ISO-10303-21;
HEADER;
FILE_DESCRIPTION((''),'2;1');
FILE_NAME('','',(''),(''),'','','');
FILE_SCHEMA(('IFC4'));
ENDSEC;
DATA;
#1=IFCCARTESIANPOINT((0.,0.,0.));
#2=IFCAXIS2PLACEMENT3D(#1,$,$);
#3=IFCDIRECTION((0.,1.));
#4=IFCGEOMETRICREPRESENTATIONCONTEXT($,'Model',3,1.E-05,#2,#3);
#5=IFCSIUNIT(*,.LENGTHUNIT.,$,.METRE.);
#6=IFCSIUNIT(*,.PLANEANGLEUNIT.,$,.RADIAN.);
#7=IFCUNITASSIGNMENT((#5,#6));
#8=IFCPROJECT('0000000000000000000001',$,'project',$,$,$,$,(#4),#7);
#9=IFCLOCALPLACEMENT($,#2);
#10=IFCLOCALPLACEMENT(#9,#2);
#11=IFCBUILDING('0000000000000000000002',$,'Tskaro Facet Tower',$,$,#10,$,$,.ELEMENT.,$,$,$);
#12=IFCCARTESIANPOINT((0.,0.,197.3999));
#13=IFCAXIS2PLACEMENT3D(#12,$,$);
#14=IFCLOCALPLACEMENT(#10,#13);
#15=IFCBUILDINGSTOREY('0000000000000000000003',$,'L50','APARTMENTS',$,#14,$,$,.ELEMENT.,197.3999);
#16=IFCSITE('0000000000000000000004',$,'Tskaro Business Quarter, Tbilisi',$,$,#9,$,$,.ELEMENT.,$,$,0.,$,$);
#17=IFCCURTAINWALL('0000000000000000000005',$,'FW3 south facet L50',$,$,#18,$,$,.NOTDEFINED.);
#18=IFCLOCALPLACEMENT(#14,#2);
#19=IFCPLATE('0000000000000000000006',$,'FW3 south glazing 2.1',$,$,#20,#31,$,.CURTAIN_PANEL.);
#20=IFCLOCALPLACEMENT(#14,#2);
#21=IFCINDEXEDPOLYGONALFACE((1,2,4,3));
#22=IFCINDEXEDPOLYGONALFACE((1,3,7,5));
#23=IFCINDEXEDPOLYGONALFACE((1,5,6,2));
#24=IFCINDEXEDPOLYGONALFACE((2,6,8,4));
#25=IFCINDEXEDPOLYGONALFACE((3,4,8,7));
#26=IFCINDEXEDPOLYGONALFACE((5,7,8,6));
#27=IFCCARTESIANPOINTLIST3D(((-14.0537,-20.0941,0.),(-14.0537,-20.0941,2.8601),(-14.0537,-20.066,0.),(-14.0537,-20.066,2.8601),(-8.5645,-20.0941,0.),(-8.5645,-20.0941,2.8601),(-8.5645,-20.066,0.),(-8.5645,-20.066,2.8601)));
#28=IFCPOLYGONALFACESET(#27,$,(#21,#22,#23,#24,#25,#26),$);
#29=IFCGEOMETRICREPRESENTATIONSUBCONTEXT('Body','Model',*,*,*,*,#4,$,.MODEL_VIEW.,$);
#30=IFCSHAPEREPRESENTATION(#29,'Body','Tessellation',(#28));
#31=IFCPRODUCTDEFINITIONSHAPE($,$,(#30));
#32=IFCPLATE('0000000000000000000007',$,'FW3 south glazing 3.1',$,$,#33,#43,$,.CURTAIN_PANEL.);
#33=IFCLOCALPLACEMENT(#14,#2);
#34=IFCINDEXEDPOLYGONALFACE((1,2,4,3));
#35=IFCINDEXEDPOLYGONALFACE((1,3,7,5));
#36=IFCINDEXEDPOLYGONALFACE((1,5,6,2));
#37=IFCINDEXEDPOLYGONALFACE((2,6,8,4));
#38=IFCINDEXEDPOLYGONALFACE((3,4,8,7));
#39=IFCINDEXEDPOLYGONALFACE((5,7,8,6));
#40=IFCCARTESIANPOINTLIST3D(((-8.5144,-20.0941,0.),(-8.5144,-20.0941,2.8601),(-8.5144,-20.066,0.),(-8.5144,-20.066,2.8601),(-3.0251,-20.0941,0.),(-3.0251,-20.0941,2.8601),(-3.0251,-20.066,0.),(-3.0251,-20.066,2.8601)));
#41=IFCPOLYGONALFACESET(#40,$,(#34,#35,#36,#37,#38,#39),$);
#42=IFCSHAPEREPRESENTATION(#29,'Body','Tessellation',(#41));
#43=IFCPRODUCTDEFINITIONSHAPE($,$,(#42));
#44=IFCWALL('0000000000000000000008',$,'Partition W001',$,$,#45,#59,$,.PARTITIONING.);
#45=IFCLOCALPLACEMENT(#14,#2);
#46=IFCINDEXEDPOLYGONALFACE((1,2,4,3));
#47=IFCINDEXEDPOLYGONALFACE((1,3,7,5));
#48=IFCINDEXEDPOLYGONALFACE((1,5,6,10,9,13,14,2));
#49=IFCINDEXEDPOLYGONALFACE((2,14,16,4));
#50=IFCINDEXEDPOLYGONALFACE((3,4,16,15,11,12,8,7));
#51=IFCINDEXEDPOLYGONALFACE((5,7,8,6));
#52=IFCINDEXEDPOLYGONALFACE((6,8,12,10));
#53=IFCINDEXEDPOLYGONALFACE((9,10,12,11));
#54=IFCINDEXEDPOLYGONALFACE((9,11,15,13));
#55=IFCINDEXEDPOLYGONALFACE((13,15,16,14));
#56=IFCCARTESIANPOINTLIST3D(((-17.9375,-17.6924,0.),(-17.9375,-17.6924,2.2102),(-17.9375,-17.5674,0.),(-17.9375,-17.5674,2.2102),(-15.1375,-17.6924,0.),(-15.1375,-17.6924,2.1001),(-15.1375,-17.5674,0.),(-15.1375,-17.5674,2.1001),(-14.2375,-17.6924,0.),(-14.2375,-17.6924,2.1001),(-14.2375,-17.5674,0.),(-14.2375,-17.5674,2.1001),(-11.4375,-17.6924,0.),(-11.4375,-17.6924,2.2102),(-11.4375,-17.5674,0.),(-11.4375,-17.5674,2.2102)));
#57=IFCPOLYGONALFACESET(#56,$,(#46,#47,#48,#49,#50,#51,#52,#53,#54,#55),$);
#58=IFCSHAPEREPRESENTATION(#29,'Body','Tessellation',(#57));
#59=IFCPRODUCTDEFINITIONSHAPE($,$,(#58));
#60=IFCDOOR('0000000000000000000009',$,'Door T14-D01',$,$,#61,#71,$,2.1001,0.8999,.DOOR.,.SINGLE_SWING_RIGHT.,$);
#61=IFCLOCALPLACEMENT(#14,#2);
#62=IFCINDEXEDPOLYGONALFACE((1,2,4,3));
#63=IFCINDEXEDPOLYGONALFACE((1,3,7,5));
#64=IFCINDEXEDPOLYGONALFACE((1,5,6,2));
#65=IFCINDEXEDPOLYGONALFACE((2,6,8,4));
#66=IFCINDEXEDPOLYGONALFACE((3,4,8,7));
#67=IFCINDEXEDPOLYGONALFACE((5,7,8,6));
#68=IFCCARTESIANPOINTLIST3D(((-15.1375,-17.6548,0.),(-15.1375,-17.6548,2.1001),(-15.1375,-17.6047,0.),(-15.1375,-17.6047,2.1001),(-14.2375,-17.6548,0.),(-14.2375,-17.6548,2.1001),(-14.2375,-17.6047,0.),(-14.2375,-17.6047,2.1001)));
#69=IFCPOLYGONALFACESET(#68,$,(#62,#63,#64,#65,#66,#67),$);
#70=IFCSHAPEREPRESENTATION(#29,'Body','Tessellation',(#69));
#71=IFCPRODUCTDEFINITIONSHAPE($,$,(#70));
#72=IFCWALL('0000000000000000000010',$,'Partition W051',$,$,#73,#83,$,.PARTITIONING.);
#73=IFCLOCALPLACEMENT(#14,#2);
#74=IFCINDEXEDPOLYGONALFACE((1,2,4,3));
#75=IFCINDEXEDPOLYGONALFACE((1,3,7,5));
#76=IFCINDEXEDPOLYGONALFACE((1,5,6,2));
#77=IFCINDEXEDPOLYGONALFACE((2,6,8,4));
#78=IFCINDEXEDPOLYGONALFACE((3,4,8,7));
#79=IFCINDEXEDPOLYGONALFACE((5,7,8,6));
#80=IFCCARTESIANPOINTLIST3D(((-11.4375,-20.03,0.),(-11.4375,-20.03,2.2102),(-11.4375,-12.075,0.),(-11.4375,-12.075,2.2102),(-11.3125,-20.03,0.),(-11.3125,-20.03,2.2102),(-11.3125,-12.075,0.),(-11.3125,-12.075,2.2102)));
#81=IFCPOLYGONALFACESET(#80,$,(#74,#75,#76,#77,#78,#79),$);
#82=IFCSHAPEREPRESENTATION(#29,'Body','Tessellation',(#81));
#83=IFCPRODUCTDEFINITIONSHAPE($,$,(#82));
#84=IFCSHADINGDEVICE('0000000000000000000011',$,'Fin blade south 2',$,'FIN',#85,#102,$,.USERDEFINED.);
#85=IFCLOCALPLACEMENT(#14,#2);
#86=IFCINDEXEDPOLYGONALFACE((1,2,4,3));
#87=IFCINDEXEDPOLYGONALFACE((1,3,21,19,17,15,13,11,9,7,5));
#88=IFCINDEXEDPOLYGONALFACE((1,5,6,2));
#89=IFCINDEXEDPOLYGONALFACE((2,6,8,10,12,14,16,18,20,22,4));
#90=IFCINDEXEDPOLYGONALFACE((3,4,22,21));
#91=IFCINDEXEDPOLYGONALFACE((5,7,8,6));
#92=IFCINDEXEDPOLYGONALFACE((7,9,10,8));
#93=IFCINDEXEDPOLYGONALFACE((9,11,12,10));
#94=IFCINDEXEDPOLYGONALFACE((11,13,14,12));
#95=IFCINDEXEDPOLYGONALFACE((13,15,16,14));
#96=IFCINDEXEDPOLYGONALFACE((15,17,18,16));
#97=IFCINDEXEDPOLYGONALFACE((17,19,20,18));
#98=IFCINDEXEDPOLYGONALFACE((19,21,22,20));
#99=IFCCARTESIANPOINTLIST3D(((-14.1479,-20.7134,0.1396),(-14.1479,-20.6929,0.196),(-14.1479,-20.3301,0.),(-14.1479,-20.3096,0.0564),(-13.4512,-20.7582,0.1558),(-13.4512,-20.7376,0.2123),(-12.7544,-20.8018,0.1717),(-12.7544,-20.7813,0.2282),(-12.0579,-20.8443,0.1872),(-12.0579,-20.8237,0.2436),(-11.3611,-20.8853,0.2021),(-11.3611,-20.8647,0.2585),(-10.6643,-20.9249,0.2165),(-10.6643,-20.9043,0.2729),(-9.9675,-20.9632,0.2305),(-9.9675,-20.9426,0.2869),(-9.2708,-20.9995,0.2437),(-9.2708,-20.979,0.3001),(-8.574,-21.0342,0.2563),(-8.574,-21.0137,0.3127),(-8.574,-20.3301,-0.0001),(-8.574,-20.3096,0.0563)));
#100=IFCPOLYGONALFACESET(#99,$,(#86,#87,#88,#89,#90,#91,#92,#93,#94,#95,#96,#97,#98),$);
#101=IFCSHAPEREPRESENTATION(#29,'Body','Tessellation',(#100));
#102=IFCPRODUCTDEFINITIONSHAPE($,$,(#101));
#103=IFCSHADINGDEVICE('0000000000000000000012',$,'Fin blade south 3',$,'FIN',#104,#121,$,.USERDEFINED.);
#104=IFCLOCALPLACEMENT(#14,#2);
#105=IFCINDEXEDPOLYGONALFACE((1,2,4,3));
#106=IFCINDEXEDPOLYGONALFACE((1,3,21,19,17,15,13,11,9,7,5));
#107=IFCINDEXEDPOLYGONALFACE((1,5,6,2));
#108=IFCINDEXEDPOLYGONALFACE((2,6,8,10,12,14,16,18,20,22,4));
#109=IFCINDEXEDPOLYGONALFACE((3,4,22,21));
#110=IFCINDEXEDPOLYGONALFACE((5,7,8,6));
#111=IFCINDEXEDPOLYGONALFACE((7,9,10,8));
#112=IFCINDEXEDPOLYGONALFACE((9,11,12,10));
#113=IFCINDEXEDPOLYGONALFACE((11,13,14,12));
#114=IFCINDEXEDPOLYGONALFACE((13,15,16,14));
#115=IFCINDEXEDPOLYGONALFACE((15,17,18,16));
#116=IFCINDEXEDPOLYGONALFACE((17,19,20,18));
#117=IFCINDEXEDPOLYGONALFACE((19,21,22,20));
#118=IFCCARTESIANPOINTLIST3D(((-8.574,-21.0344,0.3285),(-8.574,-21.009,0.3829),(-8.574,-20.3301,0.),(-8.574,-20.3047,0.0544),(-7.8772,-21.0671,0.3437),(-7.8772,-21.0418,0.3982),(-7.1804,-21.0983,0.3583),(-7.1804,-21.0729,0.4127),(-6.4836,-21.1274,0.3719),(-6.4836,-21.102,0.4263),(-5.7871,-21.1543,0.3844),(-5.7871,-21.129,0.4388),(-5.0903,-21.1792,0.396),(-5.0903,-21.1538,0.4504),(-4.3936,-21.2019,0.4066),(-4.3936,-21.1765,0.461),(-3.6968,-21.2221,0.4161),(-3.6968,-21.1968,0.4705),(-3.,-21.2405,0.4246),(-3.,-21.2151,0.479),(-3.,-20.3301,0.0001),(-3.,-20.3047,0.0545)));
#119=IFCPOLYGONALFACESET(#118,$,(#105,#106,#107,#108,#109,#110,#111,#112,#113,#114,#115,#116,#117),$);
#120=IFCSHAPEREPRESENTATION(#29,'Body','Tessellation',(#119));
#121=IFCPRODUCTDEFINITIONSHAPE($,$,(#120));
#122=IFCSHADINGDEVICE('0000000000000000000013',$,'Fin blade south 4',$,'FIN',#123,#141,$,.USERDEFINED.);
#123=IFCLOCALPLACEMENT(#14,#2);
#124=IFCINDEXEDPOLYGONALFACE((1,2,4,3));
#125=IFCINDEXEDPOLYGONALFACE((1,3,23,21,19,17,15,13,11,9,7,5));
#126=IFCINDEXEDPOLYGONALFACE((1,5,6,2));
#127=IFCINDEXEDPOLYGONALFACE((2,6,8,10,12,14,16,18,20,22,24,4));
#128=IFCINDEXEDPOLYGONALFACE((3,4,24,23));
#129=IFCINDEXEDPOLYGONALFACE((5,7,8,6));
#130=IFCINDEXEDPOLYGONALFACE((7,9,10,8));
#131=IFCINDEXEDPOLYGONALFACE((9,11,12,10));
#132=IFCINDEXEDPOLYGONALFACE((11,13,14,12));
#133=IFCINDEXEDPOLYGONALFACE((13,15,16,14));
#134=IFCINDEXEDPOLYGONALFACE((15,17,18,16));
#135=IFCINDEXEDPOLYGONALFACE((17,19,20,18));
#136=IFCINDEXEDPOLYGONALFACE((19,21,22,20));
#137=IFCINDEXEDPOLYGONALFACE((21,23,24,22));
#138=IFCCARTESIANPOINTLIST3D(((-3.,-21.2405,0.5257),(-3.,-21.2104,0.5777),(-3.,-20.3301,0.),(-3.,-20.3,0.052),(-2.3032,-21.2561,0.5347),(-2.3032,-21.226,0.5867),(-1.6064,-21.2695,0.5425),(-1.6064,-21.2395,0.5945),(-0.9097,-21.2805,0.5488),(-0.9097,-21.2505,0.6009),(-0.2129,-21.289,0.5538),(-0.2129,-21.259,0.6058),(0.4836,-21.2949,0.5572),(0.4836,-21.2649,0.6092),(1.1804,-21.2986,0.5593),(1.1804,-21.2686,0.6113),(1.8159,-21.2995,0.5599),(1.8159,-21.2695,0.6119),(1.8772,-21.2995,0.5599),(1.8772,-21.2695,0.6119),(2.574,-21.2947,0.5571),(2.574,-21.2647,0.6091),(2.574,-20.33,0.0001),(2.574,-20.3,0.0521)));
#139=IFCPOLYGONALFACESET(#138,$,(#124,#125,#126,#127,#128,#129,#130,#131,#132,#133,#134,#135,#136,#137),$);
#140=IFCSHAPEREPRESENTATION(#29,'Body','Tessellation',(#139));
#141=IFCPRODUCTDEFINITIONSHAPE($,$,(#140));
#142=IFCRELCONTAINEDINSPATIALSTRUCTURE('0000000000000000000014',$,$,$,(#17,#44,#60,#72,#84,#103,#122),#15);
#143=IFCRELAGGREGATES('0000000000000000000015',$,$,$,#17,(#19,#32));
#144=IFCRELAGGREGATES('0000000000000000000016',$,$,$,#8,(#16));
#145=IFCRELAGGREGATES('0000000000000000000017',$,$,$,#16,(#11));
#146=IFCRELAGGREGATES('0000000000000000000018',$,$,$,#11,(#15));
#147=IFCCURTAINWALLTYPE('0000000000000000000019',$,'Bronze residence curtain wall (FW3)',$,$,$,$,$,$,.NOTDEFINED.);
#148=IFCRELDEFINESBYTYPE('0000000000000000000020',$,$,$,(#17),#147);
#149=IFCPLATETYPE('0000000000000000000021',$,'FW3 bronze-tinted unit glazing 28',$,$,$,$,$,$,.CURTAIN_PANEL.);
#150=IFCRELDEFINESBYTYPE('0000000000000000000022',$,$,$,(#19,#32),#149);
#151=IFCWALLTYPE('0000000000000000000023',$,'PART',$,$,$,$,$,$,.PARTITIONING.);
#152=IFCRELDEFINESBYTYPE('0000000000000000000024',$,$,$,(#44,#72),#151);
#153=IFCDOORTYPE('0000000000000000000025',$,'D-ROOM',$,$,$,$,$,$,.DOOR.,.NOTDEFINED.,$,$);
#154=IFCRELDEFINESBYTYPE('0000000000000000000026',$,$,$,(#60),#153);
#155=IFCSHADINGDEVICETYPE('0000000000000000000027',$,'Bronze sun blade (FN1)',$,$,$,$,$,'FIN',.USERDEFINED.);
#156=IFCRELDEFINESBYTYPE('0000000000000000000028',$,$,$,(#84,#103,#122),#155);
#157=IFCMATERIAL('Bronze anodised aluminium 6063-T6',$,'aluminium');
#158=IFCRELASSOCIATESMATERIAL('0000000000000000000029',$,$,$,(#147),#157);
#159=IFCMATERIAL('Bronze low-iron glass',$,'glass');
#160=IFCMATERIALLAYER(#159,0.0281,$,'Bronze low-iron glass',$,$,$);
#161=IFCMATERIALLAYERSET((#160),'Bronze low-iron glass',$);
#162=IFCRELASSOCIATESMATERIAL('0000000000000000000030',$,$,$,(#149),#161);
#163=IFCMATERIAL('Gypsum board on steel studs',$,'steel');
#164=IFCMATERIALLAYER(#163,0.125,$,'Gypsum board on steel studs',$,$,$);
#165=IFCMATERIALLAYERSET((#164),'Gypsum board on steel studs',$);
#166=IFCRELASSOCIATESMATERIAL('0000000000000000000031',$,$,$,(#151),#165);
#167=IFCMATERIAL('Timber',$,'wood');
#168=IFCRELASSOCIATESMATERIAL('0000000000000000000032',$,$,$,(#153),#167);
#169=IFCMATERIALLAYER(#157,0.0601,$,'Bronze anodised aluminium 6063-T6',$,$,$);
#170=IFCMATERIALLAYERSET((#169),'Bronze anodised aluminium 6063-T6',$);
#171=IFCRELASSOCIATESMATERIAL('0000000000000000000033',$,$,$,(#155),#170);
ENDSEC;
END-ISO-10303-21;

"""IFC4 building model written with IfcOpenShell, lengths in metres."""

from ifc_helpers import new_model, si_unit, direction, frame, frame_2d, origin, origin_2d, place, context, subcontext, project, spatial, polyline, rectangle, outline, extrude, material, layer, layer_set, type_object, element, fill, aggregate, save


model = new_model("IFC4")

# Units and contexts
model_context = context("Model", 3, precision=1e-05, world=origin(), true_north=direction((0.0, 1.0)))
body_context = subcontext(model_context, "Body", "Model", "MODEL_VIEW")
ifc_project = project(units=[si_unit("LENGTHUNIT", "METRE"), si_unit("PLANEANGLEUNIT", "RADIAN")], contexts=[model_context])

# Site, building, storey
site_placement = place(None, origin())
site = spatial("IfcSite", under=ifc_project, at=site_placement, Name="Tskaro Business Quarter, Tbilisi", CompositionType="ELEMENT", RefElevation=0.0)
building_placement = place(site_placement, origin())
building = spatial("IfcBuilding", under=site, at=building_placement, Name="Tskaro Facet Tower", CompositionType="ELEMENT")
storey_placement = place(building_placement, frame((0.0, 0.0, 197.3999)))
storey = spatial("IfcBuildingStorey", under=building, at=storey_placement, Name="L50", Description="APARTMENTS", CompositionType="ELEMENT", Elevation=197.3999)

# Curtain wall
ifc_material_1 = material(Name="Bronze anodised aluminium 6063-T6", Category="aluminium")
curtain_wall_type = type_object("IfcCurtainWallType", Name="Bronze residence curtain wall (FW3)", PredefinedType="NOTDEFINED", material=ifc_material_1)
curtain_wall_placement = place(storey_placement, origin())
curtain_wall = element("IfcCurtainWall", 1, at=curtain_wall_placement, inside=storey, type_object=curtain_wall_type, Name="FW3 south facet L50", PredefinedType="NOTDEFINED")

# Plates
ifc_material_2 = material(Name="Bronze low-iron glass", Category="glass")
ifc_layer_1 = layer(ifc_material_2, 0.0281, Name="Bronze low-iron glass")
ifc_layer_set_1 = layer_set([ifc_layer_1], Name="Bronze low-iron glass")
plate_type = type_object("IfcPlateType", Name="FW3 bronze-tinted unit glazing 28", PredefinedType="CURTAIN_PANEL", material=ifc_layer_set_1)
plate_1_placement = place(storey_placement, frame((-11.3091, -20.0801, 0.0), z_axis=(0.0, 0.0, 1.0), x_axis=(1.0, 0.0, 0.0)))
plate_1 = element("IfcPlate", 2, at=plate_1_placement, type_object=plate_type, Name="FW3 south glazing 2.1", PredefinedType="CURTAIN_PANEL", context=body_context, shape_type="SweptSolid", body=[
    extrude(rectangle(XDim=5.4893, YDim=0.0281, at=origin_2d()), origin(), (0.0, 0.0, 1.0), 2.8601),
])
plate_2_placement = place(storey_placement, frame((-5.7698, -20.0801, 0.0), z_axis=(0.0, 0.0, 1.0), x_axis=(1.0, 0.0, 0.0)))
plate_2 = element("IfcPlate", 3, at=plate_2_placement, type_object=plate_type, Name="FW3 south glazing 3.1", PredefinedType="CURTAIN_PANEL", context=body_context, shape_type="SweptSolid", body=[
    extrude(rectangle(XDim=5.4893, YDim=0.0281, at=origin_2d()), origin(), (0.0, 0.0, 1.0), 2.8601),
])
aggregate(curtain_wall, [plate_1, plate_2])

# Wall, opening, door
ifc_material_3 = material(Name="Gypsum board on steel studs", Category="steel")
ifc_layer_2 = layer(ifc_material_3, 0.125, Name="Gypsum board on steel studs")
ifc_layer_set_2 = layer_set([ifc_layer_2], Name="Gypsum board on steel studs")
wall_type = type_object("IfcWallType", Name="PART", PredefinedType="PARTITIONING", material=ifc_layer_set_2)
wall_1_placement = place(storey_placement, frame((-11.4375, -17.6299, 0.0), z_axis=(0.0, 0.0, 1.0), x_axis=(-1.0, 0.0, 0.0)))
wall_1 = element("IfcWall", 4, at=wall_1_placement, inside=storey, type_object=wall_type, Name="Partition W001", PredefinedType="PARTITIONING", context=body_context, shape_type="SweptSolid", body=[
    extrude(rectangle(XDim=6.5, YDim=0.125, at=frame_2d((3.25, 0.0))), origin(), (0.0, 0.0, 1.0), 2.2102),
])
opening_placement = place(wall_1_placement, frame((2.8, 0.0, 0.0)))
opening = element("IfcOpeningElement", 5, at=opening_placement, cuts=wall_1, PredefinedType="OPENING", context=body_context, shape_type="SweptSolid", body=[
    extrude(rectangle(XDim=0.8999, YDim=2.1001, at=frame_2d((0.45, 1.05))), frame((0.0, 0.0725, 0.0), z_axis=(0.0, -1.0, 0.0), x_axis=(1.0, 0.0, 0.0)), (0.0, 0.0, 1.0), 0.145),
])
ifc_material_4 = material(Name="Timber", Category="wood")
door_type = type_object("IfcDoorType", Name="D-ROOM", OperationType="NOTDEFINED", PredefinedType="DOOR", material=ifc_material_4)
door_placement = place(opening_placement, origin())
door = element("IfcDoor", 6, at=door_placement, inside=storey, type_object=door_type, Name="Door T14-D01", OperationType="SINGLE_SWING_RIGHT", OverallHeight=2.1001, OverallWidth=0.8999, PredefinedType="DOOR", context=body_context, shape_type="SweptSolid", body=[
    extrude(rectangle(XDim=0.8999, YDim=2.1001, at=frame_2d((0.45, 1.05))), frame((0.0, 0.0249, 0.0), z_axis=(0.0, -1.0, 0.0), x_axis=(1.0, 0.0, 0.0)), (0.0, 0.0, 1.0), 0.05),
])
fill(opening, door)

# Wall
wall_2_placement = place(storey_placement, frame((-11.375, -20.03, 0.0), z_axis=(0.0, 0.0, 1.0), x_axis=(0.0, 1.0, 0.0)))
element("IfcWall", 7, at=wall_2_placement, inside=storey, type_object=wall_type, Name="Partition W051", PredefinedType="PARTITIONING", context=body_context, shape_type="SweptSolid", body=[
    extrude(rectangle(XDim=7.9551, YDim=0.125, at=frame_2d((3.9775, 0.0))), origin(), (0.0, 0.0, 1.0), 2.2102),
])

# Shading devices
ifc_layer_3 = layer(ifc_material_1, 0.0601, Name="Bronze anodised aluminium 6063-T6")
ifc_layer_set_3 = layer_set([ifc_layer_3], Name="Bronze anodised aluminium 6063-T6")
shading_device_type = type_object("IfcShadingDeviceType", Name="Bronze sun blade (FN1)", ElementType="FIN", PredefinedType="USERDEFINED", material=ifc_layer_set_3)
shading_device_1_placement = place(storey_placement, frame((-14.1479, -20.3096, 0.0564), z_axis=(0.000011, 0.342186, 0.939632), x_axis=(1.0, -0.000004, -0.000011)))
element("IfcShadingDevice", 8, at=shading_device_1_placement, inside=storey, type_object=shading_device_type, Name="Fin blade south 2", ObjectType="FIN", PredefinedType="USERDEFINED", context=body_context, shape_type="SweptSolid", body=[
    extrude(outline(polyline([(0.0, 0.0), (5.574, 0.0), (5.574, -0.7493), (4.8772, -0.7124), (4.1804, -0.6737), (3.4836, -0.6329), (2.7869, -0.5908), (2.0901, -0.5472), (1.3936, -0.502), (0.6968, -0.4555), (0.0, -0.4079), (0.0, 0.0)])), origin(), (0.0, 0.0, -1.0), 0.0601),
])
shading_device_2_placement = place(storey_placement, frame((-8.574, -20.3047, 0.0544), z_axis=(-0.000008, 0.422634, 0.906301), x_axis=(1.0, 0.000003, 0.000007)))
element("IfcShadingDevice", 9, at=shading_device_2_placement, inside=storey, type_object=shading_device_type, Name="Fin blade south 3", ObjectType="FIN", PredefinedType="USERDEFINED", context=body_context, shape_type="SweptSolid", body=[
    extrude(outline(polyline([(0.0, 0.0), (5.574, 0.0), (5.574, -1.0045), (4.8772, -0.9843), (4.1804, -0.9619), (3.4836, -0.9369), (2.7869, -0.9095), (2.0903, -0.8798), (1.3936, -0.8477), (0.6968, -0.8133), (0.0, -0.7771), (0.0, 0.0)])), origin(), (0.0, 0.0, -1.0), 0.0601),
])
shading_device_3_placement = place(storey_placement, frame((-3.0, -20.3, 0.052), z_axis=(-0.000016, 0.500058, 0.865992), x_axis=(1.0, 0.000008, 0.000013)))
element("IfcShadingDevice", 10, at=shading_device_3_placement, inside=storey, type_object=shading_device_type, Name="Fin blade south 4", ObjectType="FIN", PredefinedType="USERDEFINED", context=body_context, shape_type="SweptSolid", body=[
    extrude(outline(polyline([(0.0, 0.0), (5.574, 0.0), (5.574, -1.1139), (4.8772, -1.1195), (4.8159, -1.1195), (4.1804, -1.1184), (3.4836, -1.1141), (2.7871, -1.1074), (2.0903, -1.0975), (1.3936, -1.0848), (0.6968, -1.0693), (0.0, -1.0512), (0.0, 0.0)])), origin(), (0.0, 0.0, -1.0), 0.0601),
])

save(model, "model.ifc")
